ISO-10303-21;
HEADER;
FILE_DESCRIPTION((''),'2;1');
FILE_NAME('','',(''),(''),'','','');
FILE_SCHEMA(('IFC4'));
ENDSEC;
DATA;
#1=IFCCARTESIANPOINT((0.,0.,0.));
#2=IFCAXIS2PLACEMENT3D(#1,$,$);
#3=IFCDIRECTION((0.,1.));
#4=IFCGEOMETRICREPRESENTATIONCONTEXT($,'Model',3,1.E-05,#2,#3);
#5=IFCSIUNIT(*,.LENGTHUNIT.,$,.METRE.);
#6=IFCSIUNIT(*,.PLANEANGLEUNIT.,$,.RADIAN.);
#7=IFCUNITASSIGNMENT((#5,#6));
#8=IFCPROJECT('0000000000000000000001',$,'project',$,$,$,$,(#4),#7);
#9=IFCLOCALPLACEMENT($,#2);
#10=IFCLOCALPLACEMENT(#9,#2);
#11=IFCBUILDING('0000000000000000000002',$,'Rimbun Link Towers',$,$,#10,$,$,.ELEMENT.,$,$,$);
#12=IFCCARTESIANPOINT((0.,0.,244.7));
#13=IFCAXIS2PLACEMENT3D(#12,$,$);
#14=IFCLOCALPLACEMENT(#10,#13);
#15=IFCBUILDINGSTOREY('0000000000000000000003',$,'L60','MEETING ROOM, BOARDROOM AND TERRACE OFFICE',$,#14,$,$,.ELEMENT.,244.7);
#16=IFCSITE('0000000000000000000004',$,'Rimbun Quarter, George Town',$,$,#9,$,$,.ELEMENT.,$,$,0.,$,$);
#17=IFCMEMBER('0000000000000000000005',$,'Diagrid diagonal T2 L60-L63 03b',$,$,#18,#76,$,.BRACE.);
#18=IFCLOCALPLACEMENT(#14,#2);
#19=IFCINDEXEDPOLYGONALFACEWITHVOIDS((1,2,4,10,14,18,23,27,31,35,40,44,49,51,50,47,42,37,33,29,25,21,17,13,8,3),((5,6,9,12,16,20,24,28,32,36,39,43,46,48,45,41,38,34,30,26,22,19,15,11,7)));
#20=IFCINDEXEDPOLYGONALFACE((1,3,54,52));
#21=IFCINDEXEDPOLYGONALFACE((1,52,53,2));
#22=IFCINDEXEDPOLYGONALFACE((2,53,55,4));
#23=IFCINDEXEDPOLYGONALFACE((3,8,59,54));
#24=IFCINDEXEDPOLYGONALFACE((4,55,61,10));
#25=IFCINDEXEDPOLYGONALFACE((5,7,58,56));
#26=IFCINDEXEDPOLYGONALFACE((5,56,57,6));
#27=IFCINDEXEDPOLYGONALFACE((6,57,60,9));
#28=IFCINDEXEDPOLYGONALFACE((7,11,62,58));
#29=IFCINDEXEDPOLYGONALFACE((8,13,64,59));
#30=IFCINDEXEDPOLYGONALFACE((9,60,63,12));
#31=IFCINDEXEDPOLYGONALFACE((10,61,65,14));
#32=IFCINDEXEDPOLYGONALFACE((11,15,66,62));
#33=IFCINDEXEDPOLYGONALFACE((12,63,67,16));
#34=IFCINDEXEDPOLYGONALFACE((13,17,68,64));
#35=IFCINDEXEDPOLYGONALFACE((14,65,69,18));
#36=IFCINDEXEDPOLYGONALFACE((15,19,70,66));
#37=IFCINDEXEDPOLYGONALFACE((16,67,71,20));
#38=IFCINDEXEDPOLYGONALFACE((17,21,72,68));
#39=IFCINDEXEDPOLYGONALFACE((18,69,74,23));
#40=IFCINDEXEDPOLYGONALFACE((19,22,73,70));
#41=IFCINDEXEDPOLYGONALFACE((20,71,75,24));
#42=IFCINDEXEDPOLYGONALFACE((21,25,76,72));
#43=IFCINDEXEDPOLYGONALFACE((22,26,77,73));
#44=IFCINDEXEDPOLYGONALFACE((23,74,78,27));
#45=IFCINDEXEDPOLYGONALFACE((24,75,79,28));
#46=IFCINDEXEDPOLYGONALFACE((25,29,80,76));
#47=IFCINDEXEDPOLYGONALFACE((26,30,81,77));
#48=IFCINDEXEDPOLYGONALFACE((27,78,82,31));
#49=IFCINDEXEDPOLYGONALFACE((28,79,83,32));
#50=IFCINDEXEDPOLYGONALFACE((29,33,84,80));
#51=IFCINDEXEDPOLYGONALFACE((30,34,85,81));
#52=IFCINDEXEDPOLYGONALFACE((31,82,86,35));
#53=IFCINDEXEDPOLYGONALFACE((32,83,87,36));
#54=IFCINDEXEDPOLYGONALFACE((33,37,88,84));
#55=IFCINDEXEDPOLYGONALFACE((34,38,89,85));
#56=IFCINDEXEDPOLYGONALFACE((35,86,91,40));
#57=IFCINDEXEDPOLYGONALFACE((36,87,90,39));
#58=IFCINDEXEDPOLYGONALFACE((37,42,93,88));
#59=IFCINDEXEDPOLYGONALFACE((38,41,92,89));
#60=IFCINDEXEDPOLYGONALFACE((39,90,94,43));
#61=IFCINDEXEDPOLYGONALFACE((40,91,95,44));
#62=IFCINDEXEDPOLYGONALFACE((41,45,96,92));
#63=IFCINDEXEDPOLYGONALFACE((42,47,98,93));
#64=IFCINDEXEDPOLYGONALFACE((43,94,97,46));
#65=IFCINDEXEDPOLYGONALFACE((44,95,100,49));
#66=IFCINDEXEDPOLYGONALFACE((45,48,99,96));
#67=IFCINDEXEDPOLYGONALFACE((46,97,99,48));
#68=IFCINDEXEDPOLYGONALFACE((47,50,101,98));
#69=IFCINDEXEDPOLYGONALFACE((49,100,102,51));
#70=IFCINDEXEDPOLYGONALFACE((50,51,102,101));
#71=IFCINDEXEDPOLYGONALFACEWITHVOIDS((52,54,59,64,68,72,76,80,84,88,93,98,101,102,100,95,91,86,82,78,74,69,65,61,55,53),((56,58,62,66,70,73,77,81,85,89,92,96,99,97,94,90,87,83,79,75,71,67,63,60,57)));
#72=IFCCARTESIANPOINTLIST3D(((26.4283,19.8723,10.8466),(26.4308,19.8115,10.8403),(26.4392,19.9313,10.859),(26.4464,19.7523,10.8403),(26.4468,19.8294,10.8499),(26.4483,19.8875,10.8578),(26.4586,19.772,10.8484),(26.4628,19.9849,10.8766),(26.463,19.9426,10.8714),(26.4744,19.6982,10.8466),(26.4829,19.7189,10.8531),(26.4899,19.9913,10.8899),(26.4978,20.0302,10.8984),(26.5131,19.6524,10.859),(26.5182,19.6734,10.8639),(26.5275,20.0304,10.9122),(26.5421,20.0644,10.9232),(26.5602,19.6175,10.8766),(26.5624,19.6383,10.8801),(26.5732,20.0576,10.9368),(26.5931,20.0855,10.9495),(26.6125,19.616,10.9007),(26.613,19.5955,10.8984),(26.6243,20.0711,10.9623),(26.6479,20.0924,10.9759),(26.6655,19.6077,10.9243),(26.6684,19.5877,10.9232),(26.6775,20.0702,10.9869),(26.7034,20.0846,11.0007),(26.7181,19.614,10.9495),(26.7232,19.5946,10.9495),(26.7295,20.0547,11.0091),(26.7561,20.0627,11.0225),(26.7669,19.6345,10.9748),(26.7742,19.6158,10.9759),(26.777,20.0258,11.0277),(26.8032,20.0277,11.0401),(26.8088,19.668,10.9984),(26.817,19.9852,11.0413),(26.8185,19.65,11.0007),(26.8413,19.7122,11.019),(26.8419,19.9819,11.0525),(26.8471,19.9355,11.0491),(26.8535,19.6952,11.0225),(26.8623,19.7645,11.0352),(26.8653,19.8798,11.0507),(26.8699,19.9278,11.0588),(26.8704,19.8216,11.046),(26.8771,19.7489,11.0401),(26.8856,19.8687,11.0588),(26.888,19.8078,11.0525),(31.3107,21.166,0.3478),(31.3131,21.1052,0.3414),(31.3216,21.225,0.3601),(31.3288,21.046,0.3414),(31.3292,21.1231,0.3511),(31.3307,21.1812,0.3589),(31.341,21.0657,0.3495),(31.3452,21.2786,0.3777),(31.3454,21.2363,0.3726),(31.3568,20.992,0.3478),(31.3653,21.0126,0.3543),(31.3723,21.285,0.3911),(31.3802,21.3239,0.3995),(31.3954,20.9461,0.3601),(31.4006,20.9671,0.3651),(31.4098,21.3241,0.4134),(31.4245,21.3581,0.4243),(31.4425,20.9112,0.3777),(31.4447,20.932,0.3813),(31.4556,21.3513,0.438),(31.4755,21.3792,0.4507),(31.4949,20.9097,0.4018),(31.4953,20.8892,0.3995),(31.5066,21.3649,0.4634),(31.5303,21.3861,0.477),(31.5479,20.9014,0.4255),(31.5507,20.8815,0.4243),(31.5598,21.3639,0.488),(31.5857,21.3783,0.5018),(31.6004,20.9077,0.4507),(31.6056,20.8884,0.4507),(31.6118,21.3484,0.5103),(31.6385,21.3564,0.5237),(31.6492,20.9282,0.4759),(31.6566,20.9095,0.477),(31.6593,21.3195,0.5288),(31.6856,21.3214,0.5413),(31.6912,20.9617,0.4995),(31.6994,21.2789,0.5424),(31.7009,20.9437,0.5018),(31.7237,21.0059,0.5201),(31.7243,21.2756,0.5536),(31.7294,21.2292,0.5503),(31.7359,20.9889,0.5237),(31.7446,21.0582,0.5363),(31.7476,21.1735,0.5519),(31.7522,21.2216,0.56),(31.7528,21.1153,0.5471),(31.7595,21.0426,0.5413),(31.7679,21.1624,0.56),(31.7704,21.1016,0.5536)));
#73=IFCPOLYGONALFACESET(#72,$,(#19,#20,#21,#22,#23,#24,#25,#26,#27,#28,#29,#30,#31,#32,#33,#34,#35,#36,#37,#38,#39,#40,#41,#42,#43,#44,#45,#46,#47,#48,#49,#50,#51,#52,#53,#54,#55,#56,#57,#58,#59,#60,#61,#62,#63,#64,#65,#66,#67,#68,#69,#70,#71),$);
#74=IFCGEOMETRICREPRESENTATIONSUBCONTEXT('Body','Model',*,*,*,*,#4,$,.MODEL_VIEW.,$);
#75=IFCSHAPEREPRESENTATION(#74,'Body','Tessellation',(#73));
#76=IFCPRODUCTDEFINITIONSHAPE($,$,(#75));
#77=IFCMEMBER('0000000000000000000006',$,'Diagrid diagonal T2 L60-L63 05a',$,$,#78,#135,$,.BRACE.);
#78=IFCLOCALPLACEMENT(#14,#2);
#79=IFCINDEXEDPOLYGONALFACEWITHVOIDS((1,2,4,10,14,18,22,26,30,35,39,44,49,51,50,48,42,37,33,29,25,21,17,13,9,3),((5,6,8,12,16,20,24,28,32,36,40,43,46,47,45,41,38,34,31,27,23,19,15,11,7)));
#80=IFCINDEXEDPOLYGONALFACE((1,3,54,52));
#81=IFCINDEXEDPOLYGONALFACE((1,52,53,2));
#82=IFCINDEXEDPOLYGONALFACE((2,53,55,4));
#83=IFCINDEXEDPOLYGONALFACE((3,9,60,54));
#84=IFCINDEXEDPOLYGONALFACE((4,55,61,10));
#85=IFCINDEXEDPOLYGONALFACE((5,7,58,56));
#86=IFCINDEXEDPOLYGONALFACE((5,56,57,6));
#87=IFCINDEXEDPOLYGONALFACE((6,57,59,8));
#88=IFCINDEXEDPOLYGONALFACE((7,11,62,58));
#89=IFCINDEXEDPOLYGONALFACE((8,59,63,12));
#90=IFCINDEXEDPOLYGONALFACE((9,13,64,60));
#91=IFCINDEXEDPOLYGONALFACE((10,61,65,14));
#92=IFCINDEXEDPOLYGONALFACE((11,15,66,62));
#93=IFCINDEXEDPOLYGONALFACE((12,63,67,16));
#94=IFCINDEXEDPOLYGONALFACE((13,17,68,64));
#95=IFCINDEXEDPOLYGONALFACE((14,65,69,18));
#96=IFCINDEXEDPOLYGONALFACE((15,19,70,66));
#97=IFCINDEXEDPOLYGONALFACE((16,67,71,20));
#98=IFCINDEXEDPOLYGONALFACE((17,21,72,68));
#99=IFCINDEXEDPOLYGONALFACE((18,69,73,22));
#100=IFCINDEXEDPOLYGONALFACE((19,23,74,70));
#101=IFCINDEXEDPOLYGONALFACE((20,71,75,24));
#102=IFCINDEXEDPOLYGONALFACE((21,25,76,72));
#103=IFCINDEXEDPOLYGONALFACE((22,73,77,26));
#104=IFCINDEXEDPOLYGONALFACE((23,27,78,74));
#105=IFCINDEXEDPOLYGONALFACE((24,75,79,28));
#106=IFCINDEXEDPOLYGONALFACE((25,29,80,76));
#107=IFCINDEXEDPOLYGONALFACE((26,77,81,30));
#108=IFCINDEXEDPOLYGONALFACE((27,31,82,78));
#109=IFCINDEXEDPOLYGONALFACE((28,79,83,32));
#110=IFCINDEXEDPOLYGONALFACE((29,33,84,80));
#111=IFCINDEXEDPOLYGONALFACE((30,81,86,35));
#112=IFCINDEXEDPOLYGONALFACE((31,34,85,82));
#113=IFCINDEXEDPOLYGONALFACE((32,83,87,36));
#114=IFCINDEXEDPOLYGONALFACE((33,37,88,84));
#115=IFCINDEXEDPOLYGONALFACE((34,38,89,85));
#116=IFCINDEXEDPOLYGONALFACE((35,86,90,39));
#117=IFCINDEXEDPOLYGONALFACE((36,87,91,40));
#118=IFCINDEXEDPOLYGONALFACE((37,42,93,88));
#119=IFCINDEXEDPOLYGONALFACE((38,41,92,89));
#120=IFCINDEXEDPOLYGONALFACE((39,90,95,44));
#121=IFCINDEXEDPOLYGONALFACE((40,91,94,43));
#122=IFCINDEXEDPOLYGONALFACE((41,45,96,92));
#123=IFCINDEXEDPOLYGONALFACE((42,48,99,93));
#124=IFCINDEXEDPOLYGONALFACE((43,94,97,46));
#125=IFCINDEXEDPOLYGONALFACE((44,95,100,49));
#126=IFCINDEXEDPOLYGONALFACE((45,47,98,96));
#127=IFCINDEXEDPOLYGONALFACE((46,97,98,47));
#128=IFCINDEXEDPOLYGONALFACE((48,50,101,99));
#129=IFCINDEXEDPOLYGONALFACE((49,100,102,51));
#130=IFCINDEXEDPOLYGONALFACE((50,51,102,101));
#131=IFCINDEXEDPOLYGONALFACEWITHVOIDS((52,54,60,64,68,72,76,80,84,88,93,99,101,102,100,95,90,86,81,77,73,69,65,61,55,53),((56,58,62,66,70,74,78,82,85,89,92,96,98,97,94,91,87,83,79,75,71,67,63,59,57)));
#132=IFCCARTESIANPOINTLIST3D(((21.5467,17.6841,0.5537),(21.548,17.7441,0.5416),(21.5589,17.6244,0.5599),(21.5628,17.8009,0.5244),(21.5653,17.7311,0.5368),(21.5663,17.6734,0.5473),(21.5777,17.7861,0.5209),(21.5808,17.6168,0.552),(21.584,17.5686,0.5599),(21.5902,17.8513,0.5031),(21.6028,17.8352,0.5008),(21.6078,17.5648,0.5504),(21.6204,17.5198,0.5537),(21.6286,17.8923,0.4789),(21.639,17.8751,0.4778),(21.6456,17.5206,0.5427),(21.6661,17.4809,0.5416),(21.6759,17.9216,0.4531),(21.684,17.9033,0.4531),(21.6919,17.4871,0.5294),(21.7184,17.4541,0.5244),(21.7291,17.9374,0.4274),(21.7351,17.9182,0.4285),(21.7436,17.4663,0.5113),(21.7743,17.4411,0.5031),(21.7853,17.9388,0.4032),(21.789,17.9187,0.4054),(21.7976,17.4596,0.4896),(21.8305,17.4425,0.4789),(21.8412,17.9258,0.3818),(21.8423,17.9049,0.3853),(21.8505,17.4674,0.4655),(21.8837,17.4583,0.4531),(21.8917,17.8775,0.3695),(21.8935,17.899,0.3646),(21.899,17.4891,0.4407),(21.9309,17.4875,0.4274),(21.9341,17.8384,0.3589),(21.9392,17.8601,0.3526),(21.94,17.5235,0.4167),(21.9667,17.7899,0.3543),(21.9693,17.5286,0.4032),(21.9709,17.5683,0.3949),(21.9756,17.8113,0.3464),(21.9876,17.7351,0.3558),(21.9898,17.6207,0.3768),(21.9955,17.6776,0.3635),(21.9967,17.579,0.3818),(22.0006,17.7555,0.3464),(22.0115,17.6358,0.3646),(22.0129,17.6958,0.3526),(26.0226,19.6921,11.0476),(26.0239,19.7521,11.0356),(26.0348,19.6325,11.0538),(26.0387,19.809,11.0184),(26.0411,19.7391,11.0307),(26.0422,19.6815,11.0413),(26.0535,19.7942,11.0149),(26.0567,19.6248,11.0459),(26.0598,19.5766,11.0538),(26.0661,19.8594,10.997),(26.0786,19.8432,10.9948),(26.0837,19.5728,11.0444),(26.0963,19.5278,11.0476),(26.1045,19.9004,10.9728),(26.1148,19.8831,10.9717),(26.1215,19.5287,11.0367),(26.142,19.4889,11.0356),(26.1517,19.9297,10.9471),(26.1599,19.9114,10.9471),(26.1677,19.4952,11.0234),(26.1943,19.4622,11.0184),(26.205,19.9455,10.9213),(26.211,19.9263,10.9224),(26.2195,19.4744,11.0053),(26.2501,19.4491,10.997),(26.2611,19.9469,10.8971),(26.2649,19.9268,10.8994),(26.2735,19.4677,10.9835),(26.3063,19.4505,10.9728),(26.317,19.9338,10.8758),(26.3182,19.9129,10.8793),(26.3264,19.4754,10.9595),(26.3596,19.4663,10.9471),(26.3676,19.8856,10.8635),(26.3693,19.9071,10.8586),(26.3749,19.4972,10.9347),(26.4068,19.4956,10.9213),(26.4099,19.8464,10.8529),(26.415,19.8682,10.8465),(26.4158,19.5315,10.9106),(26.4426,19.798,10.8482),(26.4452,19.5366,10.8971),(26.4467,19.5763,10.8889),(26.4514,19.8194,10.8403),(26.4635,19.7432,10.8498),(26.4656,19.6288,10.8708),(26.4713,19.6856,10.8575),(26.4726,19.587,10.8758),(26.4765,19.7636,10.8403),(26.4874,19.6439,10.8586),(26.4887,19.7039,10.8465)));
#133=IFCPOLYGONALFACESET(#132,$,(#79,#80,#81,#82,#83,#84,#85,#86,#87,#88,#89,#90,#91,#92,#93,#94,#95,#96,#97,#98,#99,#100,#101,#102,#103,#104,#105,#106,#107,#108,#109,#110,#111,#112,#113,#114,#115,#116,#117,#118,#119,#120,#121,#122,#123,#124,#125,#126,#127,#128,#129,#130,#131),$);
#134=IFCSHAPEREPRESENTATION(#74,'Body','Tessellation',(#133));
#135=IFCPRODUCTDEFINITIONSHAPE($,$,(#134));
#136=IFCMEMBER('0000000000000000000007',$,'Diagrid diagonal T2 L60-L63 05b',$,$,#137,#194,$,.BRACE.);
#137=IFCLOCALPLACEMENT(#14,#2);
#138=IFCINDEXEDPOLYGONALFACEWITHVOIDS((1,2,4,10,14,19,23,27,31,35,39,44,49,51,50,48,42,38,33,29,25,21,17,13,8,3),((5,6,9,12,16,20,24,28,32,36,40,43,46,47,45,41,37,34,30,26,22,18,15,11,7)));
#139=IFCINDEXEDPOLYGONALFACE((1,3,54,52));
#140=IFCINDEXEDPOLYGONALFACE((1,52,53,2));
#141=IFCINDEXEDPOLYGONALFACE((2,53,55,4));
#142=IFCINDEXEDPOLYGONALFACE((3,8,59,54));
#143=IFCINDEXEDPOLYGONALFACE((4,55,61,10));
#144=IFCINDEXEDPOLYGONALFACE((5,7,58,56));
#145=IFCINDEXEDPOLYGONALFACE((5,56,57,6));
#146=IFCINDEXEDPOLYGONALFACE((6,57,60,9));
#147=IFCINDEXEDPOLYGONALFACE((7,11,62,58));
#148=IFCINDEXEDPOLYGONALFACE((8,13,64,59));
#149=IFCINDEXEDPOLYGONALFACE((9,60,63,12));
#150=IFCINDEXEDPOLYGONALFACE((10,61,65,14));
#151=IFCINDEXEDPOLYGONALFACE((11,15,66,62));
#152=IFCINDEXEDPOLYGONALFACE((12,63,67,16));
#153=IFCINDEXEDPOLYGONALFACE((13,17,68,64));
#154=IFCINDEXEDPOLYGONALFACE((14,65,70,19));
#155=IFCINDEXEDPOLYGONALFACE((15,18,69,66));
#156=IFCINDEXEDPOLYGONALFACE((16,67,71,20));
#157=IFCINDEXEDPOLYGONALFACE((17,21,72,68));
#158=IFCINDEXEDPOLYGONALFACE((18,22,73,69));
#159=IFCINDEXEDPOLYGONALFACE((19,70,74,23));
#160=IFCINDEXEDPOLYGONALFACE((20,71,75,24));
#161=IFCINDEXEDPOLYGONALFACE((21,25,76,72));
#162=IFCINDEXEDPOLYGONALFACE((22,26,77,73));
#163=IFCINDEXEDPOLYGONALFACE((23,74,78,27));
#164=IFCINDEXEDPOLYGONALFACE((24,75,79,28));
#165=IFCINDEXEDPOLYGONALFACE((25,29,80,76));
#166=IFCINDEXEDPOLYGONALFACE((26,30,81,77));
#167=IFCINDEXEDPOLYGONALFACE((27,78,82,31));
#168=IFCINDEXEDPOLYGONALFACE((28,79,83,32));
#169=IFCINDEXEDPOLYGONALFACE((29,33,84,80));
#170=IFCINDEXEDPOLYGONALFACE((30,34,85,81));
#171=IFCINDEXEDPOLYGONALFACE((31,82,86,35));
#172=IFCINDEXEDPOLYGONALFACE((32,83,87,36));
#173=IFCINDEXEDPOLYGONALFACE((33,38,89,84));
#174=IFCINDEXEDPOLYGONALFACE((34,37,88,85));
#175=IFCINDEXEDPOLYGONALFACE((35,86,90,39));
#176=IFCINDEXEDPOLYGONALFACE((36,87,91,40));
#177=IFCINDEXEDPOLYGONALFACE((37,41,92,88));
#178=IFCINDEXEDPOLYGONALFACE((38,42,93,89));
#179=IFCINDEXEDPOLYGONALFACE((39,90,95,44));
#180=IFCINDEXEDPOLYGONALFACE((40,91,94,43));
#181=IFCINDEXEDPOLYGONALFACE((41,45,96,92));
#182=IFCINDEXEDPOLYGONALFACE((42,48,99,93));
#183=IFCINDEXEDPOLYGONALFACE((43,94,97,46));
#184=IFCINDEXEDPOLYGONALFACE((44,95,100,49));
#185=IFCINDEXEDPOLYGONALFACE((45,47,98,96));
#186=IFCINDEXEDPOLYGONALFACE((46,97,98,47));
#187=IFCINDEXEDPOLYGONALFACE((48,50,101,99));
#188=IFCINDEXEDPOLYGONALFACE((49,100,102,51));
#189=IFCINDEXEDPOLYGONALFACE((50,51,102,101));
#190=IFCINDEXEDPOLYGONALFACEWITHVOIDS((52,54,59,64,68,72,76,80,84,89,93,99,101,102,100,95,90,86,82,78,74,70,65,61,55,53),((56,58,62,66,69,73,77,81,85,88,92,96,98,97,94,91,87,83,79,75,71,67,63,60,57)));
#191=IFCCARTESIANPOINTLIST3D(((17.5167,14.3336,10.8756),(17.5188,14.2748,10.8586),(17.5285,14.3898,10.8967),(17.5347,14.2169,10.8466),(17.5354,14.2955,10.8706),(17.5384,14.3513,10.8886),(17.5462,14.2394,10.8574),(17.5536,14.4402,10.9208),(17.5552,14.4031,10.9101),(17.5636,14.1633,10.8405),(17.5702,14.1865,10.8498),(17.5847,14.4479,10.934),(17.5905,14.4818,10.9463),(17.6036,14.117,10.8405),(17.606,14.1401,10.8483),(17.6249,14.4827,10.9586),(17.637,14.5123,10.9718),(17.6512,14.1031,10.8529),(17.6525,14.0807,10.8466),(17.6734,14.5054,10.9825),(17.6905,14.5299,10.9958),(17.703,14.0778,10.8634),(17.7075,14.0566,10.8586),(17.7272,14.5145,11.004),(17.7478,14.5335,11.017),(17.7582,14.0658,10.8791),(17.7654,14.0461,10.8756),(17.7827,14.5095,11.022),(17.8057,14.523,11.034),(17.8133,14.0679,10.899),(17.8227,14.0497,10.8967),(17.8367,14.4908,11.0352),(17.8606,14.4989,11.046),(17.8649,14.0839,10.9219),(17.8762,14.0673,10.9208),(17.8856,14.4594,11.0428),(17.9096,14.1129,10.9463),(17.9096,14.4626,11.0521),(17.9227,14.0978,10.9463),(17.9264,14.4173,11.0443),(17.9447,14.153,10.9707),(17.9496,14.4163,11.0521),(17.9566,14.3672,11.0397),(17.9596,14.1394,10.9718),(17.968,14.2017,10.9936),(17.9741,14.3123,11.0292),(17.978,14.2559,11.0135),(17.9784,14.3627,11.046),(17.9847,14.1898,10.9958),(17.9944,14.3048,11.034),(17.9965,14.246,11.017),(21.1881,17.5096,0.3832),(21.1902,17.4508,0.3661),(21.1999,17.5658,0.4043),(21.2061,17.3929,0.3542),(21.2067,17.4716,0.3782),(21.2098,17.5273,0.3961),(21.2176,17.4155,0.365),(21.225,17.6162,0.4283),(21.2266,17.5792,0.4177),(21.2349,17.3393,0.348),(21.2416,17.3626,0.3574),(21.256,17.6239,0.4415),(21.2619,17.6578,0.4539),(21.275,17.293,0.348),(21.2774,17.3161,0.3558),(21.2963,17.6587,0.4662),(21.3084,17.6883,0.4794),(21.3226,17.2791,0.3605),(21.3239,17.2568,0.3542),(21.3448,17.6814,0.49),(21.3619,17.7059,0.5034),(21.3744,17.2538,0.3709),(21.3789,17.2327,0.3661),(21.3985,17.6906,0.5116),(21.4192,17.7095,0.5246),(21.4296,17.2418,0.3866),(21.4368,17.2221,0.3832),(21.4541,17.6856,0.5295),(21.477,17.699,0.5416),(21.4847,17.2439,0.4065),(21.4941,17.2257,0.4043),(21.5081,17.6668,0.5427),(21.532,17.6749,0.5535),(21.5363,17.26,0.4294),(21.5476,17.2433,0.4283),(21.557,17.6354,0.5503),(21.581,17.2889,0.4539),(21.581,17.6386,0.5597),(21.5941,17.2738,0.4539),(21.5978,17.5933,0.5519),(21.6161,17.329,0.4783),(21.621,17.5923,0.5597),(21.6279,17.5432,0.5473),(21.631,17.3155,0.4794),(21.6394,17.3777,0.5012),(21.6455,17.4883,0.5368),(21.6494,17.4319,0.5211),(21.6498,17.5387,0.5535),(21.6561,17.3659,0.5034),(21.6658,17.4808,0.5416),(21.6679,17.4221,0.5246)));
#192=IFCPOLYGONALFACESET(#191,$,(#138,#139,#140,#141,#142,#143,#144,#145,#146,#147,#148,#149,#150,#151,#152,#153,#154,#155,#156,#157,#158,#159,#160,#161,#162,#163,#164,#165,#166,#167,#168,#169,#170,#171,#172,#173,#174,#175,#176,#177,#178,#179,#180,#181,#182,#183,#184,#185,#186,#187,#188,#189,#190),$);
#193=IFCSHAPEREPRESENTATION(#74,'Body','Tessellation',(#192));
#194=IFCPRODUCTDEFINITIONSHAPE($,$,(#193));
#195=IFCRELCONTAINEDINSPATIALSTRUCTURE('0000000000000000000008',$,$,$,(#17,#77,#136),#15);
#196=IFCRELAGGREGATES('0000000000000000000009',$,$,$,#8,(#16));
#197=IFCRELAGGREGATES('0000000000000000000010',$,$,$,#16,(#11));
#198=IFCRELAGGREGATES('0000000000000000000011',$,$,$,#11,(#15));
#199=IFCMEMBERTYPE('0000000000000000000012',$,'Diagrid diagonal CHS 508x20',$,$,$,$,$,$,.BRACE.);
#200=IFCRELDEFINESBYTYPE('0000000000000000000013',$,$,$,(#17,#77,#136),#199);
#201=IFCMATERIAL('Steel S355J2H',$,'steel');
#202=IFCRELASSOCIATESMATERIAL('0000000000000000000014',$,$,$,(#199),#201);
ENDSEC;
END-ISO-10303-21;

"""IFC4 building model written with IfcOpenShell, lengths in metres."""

from ifc_helpers import new_model, si_unit, direction, frame, origin, origin_2d, place, context, subcontext, project, spatial, hollow_circle, extrude, material, material_profile, profile_set, type_object, element, save


model = new_model("IFC4")

# Units and contexts
model_context = context("Model", 3, precision=1e-05, world=origin(), true_north=direction((0.0, 1.0)))
body_context = subcontext(model_context, "Body", "Model", "MODEL_VIEW")
ifc_project = project(units=[si_unit("LENGTHUNIT", "METRE"), si_unit("PLANEANGLEUNIT", "RADIAN")], contexts=[model_context])

# Site, building, storey
site_placement = place(None, origin())
site = spatial("IfcSite", under=ifc_project, at=site_placement, Name="Rimbun Quarter, George Town", CompositionType="ELEMENT", RefElevation=0.0)
building_placement = place(site_placement, origin())
building = spatial("IfcBuilding", under=site, at=building_placement, Name="Rimbun Link Towers", CompositionType="ELEMENT")
storey_placement = place(building_placement, frame((0.0, 0.0, 244.7)))
storey = spatial("IfcBuildingStorey", under=building, at=storey_placement, Name="L60", Description="MEETING ROOM, BOARDROOM AND TERRACE OFFICE", CompositionType="ELEMENT", Elevation=244.7)

# Members
ifc_material_1 = material(Name="Steel S355J2H", Category="steel")
ifc_material_profile_1 = material_profile(ifc_material_1, hollow_circle(Radius=0.2539, WallThickness=0.02, at=origin_2d()), Name="Diagrid diagonal CHS 508x20")
ifc_profile_set_1 = profile_set([ifc_material_profile_1], Name="Steel S355J2H")
member_type_1 = type_object("IfcMemberType", Name="Diagrid diagonal CHS 508x20", PredefinedType="BRACE", material=ifc_profile_set_1)
member_1_placement = place(storey_placement, frame((31.5405, 21.1338, 0.4507), z_axis=(-0.419064, -0.111042, 0.901141), x_axis=(0.256137, -0.96664, 0.0)))
element("IfcMember", 1, at=member_1_placement, inside=storey, type_object=member_type_1, Name="Diagrid diagonal T2 L60-L63 03b", PredefinedType="BRACE", context=body_context, shape_type="SweptSolid", body=[
    extrude(hollow_circle(Radius=0.2539, WallThickness=0.02, at=origin_2d()), origin(), (0.0, 0.0, 1.0), 11.6506),
])
member_2_placement = place(storey_placement, frame((21.7798, 17.6899, 0.4531), z_axis=(0.386383, 0.173349, 0.905902), x_axis=(-0.409336, 0.912384, 0.0)))
element("IfcMember", 2, at=member_2_placement, inside=storey, type_object=member_type_1, Name="Diagrid diagonal T2 L60-L63 05a", PredefinedType="BRACE", context=body_context, shape_type="SweptSolid", body=[
    extrude(hollow_circle(Radius=0.2539, WallThickness=0.02, at=origin_2d()), origin(), (0.0, 0.0, 1.0), 11.584),
])
for number, where, z_axis, x_axis, name in (
    (3, (21.428, 17.4658, 0.4539), (-0.317566, -0.274718, 0.907569), (0.654243, -0.756284, 0.0), "Diagrid diagonal T2 L60-L63 05b"),
):
    element("IfcMember", number, at=place(storey_placement, frame(where, z_axis=z_axis, x_axis=x_axis)), inside=storey, type_object=member_type_1, Name=name, PredefinedType="BRACE", context=body_context, shape_type="SweptSolid", body=[
        extrude(hollow_circle(Radius=0.2539, WallThickness=0.02, at=origin_2d()), origin(), (0.0, 0.0, 1.0), 11.561),
    ])

save(model, "model.ifc")
